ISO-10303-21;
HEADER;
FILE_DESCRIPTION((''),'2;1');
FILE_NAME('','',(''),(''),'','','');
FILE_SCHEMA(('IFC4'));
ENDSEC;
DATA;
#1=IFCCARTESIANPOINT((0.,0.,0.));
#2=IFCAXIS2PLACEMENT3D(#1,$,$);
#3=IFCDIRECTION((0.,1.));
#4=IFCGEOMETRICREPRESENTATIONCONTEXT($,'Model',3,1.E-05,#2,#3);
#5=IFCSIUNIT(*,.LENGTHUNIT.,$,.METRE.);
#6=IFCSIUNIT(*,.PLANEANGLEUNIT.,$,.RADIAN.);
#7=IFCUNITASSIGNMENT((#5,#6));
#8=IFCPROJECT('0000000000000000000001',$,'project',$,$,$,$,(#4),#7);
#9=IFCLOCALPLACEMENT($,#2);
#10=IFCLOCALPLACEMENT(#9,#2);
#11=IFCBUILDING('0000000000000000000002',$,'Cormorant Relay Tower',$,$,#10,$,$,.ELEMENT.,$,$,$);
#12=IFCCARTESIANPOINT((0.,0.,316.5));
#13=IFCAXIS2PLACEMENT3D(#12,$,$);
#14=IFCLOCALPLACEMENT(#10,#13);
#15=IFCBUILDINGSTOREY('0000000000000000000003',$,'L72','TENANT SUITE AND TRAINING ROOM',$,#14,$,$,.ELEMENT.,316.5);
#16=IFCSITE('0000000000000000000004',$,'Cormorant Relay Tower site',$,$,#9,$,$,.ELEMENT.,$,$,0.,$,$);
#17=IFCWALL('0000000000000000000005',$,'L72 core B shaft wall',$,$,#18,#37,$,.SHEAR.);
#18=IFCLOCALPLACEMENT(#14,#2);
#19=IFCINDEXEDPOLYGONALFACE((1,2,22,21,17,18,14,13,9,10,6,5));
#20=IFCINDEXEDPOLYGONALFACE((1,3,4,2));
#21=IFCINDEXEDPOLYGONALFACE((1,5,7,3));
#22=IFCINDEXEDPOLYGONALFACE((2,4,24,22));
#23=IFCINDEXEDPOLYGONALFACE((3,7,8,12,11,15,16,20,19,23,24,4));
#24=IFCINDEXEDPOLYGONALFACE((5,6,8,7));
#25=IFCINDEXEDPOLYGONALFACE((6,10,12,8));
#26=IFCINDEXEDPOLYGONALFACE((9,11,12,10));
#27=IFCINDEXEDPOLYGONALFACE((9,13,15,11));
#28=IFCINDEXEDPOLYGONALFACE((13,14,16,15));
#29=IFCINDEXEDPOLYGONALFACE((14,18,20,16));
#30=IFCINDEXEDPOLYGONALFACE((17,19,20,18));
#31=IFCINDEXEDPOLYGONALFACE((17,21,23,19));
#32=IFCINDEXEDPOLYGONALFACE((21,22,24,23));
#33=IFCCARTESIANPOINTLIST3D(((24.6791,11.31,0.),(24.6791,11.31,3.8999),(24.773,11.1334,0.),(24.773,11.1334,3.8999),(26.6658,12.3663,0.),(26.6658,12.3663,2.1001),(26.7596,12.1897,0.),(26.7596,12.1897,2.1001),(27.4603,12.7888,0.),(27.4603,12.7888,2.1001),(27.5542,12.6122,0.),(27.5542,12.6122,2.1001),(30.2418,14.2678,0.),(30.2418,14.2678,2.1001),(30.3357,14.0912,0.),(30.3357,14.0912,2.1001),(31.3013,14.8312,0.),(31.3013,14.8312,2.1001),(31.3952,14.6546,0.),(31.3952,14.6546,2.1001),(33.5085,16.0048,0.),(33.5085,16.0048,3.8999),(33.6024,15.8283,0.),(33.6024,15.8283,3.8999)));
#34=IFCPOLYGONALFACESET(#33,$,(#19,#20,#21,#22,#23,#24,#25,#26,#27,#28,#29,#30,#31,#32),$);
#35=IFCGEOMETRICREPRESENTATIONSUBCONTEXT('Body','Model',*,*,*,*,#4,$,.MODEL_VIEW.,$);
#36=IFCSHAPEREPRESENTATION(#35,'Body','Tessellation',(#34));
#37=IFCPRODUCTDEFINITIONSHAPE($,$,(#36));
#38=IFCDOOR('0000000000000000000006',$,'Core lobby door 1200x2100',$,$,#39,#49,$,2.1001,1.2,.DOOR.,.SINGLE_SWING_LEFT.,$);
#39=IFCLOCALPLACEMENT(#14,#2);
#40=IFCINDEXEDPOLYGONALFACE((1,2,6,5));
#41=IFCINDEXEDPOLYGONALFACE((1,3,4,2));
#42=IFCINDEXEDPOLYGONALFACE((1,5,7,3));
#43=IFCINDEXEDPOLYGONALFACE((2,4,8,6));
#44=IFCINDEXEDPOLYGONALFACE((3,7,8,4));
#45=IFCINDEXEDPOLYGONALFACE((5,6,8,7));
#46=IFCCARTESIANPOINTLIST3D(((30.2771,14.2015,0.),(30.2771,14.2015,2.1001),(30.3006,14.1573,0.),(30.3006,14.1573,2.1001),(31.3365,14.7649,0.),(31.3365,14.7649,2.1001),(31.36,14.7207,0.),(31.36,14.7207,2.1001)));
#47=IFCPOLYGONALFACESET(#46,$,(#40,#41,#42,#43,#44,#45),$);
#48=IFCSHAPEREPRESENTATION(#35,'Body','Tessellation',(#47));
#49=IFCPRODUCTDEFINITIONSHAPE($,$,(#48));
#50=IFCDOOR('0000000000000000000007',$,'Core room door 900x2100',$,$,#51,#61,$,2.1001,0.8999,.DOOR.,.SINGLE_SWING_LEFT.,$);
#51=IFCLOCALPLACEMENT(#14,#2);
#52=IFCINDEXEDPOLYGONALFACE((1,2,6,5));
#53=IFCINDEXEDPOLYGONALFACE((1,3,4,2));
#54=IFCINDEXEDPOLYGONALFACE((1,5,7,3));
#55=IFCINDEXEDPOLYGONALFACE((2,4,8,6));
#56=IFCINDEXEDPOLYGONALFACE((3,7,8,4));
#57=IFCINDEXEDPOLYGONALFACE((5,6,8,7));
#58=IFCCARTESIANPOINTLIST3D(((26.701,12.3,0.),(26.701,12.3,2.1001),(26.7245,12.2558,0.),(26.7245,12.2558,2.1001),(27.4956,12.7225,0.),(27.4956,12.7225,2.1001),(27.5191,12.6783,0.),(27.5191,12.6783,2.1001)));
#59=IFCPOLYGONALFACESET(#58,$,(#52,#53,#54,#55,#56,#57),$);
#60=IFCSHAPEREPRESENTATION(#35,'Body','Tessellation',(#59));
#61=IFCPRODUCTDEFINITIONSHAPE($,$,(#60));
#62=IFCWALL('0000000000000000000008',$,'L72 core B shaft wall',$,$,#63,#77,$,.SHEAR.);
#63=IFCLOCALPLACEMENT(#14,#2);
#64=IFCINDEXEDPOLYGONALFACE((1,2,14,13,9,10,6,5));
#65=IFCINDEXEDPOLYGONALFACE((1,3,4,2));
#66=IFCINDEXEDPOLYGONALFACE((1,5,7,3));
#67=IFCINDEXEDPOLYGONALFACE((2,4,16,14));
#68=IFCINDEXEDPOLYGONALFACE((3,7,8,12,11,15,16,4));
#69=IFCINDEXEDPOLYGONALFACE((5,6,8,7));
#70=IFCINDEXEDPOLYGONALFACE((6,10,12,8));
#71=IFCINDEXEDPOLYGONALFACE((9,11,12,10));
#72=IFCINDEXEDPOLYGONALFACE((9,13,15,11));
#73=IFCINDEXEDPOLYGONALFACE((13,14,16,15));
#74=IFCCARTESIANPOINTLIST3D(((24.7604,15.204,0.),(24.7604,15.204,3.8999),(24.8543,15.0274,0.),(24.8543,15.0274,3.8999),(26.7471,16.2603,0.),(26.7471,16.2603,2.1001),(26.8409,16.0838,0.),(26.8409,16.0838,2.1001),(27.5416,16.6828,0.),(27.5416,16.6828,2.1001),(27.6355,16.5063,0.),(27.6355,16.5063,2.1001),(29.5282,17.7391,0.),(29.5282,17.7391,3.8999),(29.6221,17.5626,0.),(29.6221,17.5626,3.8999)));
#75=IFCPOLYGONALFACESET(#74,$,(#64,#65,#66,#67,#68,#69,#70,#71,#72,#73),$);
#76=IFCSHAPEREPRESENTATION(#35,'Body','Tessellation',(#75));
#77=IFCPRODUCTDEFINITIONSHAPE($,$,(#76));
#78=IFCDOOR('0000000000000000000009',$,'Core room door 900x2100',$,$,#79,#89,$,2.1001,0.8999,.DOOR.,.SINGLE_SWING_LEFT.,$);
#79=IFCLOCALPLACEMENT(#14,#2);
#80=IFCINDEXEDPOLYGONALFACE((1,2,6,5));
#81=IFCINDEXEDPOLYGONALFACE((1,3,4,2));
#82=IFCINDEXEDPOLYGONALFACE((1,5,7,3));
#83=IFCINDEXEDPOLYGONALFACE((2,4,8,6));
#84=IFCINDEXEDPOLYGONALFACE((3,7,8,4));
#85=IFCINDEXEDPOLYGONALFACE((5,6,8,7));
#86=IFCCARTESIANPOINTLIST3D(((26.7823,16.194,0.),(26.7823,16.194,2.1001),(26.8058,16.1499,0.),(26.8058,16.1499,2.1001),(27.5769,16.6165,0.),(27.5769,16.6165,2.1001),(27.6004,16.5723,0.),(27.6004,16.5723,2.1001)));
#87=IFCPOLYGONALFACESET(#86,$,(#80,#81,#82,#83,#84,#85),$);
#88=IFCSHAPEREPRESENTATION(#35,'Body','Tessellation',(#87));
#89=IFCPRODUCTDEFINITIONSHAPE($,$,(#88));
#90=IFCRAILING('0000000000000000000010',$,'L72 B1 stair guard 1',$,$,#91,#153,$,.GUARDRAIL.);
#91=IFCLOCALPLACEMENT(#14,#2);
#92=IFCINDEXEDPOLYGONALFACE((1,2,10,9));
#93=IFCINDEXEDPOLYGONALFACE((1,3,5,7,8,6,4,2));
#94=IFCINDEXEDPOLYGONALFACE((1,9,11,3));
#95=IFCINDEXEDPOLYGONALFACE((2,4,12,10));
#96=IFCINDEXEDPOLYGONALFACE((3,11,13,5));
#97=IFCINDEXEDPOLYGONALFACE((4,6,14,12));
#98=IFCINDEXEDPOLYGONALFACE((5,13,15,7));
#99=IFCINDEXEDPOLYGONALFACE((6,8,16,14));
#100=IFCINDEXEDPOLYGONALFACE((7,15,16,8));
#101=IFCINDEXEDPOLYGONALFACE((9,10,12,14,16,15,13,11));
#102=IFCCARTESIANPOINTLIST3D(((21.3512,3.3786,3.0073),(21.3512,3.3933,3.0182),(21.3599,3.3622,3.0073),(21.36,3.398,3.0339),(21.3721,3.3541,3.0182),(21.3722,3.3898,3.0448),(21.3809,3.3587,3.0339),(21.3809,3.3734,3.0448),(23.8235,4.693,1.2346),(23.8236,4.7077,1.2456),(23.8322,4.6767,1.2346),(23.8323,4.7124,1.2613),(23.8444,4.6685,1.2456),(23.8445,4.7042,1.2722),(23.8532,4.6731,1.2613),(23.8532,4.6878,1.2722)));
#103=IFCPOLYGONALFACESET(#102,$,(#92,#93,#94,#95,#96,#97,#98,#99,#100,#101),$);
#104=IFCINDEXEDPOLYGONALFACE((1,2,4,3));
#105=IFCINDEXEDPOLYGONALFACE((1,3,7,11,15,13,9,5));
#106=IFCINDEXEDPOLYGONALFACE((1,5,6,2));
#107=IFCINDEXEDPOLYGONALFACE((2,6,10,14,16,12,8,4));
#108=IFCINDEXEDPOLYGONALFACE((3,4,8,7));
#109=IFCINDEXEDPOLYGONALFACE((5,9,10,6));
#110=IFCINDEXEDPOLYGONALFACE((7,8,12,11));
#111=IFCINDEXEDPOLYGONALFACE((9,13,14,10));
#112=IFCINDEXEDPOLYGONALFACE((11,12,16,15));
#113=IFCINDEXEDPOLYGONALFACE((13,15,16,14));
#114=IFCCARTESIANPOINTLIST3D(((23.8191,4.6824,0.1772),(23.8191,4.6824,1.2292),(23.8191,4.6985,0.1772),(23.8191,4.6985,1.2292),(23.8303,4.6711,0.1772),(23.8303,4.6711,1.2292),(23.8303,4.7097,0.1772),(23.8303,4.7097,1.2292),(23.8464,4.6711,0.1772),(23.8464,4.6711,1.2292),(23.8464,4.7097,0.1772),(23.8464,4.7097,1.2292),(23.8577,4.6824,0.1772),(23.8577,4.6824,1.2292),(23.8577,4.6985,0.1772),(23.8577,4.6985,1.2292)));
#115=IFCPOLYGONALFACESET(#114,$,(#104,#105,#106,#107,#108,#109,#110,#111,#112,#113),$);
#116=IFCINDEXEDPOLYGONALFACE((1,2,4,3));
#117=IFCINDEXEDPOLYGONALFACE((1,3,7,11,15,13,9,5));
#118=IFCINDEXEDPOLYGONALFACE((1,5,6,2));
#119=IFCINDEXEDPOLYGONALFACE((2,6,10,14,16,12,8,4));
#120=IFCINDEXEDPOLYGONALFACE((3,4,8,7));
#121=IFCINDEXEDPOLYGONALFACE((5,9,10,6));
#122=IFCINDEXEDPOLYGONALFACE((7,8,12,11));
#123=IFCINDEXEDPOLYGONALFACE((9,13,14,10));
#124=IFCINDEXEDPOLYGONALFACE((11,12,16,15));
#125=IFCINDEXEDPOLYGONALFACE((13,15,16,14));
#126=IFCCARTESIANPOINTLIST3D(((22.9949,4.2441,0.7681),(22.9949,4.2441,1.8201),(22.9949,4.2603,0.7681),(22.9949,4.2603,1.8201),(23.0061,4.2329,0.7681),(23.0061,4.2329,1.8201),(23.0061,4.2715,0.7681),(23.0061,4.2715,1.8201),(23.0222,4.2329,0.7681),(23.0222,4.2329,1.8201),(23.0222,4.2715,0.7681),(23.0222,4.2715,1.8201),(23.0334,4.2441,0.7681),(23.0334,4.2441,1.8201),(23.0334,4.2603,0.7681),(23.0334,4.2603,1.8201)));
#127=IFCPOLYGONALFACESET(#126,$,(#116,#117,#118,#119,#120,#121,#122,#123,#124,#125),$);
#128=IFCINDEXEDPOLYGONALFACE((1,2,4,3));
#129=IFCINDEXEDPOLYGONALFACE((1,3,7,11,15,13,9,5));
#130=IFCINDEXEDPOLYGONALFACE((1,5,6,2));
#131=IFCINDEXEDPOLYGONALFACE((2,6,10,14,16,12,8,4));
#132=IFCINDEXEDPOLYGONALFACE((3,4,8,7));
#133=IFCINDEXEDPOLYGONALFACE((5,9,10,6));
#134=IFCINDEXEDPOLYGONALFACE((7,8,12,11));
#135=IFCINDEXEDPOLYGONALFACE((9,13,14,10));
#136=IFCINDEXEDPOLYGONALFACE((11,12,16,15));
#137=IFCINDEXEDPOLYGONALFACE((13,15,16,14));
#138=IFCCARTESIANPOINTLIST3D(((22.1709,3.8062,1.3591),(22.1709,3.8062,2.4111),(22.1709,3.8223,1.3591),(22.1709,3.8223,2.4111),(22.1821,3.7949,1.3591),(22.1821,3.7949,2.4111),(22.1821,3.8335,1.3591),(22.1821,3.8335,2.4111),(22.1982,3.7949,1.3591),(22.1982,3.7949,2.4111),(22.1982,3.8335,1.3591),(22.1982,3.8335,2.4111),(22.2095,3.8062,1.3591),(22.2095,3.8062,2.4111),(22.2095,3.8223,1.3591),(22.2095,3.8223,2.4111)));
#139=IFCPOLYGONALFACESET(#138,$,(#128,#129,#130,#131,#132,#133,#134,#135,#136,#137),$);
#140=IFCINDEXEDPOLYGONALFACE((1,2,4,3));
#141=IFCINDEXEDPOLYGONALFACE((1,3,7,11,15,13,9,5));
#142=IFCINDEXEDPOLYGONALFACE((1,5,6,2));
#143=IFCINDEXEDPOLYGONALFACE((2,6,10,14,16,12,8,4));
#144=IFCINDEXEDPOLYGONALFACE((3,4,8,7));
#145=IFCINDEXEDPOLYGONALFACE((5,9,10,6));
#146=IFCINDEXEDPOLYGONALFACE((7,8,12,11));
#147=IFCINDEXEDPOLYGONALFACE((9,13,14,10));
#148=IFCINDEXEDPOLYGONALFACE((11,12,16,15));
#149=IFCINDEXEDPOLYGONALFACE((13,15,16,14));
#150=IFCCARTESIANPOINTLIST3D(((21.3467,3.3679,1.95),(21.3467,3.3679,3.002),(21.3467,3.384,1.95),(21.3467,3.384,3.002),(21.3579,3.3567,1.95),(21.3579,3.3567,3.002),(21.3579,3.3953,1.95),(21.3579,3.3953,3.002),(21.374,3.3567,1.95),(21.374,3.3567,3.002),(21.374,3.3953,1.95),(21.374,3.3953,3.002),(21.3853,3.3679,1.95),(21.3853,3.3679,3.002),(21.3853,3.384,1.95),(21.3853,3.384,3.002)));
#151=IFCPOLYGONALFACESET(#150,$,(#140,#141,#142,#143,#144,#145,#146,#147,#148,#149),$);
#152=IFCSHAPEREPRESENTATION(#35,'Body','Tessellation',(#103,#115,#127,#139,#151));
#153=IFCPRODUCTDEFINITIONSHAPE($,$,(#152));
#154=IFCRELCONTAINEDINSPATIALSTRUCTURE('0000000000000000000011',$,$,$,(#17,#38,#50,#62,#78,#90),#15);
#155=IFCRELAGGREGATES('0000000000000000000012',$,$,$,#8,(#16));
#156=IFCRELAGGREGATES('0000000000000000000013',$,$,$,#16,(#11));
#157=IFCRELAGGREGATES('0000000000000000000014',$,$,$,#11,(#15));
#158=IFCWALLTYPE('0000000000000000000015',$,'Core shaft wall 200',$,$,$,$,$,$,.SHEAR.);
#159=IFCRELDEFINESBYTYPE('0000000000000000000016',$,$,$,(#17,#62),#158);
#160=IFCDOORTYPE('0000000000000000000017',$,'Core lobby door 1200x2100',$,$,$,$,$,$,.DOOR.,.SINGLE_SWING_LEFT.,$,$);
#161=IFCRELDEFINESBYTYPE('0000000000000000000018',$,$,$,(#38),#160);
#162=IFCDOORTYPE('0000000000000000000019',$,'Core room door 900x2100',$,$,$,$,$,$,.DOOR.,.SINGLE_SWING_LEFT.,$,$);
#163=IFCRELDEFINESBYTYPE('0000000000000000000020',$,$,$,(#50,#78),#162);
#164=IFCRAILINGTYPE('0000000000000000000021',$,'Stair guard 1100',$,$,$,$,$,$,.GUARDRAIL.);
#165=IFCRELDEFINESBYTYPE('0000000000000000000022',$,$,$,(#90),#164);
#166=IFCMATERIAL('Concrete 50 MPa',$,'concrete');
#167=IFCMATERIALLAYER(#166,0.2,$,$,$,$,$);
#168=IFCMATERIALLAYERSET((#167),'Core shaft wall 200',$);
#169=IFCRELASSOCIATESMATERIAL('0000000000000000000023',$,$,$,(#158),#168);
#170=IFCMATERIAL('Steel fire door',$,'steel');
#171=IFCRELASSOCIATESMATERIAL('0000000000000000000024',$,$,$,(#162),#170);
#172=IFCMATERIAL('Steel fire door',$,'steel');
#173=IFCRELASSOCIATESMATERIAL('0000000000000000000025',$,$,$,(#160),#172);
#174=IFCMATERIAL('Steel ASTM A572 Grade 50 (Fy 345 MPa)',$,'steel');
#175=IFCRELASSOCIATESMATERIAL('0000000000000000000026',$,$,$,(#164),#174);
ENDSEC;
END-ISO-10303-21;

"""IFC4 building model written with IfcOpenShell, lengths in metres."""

from ifc_helpers import new_model, si_unit, direction, frame, frame_2d, origin, place, context, subcontext, project, spatial, polyline, rectangle, outline, extrude, material, layer, layer_set, type_object, element, fill, save


model = new_model("IFC4")

# Units and contexts
model_context = context("Model", 3, precision=1e-05, world=origin(), true_north=direction((0.0, 1.0)))
body_context = subcontext(model_context, "Body", "Model", "MODEL_VIEW")
ifc_project = project(units=[si_unit("LENGTHUNIT", "METRE"), si_unit("PLANEANGLEUNIT", "RADIAN")], contexts=[model_context])

# Site, building, storey
site_placement = place(None, origin())
site = spatial("IfcSite", under=ifc_project, at=site_placement, Name="Cormorant Relay Tower site", CompositionType="ELEMENT", RefElevation=0.0)
building_placement = place(site_placement, origin())
building = spatial("IfcBuilding", under=site, at=building_placement, Name="Cormorant Relay Tower", CompositionType="ELEMENT")
storey_placement = place(building_placement, frame((0.0, 0.0, 316.5)))
storey = spatial("IfcBuildingStorey", under=building, at=storey_placement, Name="L72", Description="TENANT SUITE AND TRAINING ROOM", CompositionType="ELEMENT", Elevation=316.5)

# Shared definitions
ifc_material_1 = material(Name="Concrete 50 MPa", Category="concrete")
ifc_layer_1 = layer(ifc_material_1, 0.2)
ifc_layer_set_1 = layer_set([ifc_layer_1], Name="Core shaft wall 200")
wall_type_1 = type_object("IfcWallType", Name="Core shaft wall 200", PredefinedType="SHEAR", material=ifc_layer_set_1)
ifc_material_2 = material(Name="Steel fire door", Category="steel")
door_type_1 = type_object("IfcDoorType", Name="Core room door 900x2100", OperationType="SINGLE_SWING_LEFT", PredefinedType="DOOR", material=ifc_material_2)

# Wall, openings, doors
wall_1_placement = place(storey_placement, frame((24.7261, 11.2217, 0.0), z_axis=(0.0, 0.0, 1.0), x_axis=(0.88294, 0.469485, 0.0)))
wall_1 = element("IfcWall", 1, at=wall_1_placement, inside=storey, type_object=wall_type_1, Name="L72 core B shaft wall", PredefinedType="SHEAR", context=body_context, shape_type="SweptSolid", body=[
    extrude(rectangle(XDim=10.0, YDim=0.2, at=frame_2d((5.0, 0.0))), origin(), (0.0, 0.0, 1.0), 3.8999),
])
opening_1_placement = place(wall_1_placement, frame((6.3, 0.0, 0.0)))
opening_1 = element("IfcOpeningElement", 2, at=opening_1_placement, cuts=wall_1, PredefinedType="OPENING", context=body_context, shape_type="SweptSolid", body=[
    extrude(rectangle(XDim=1.2, YDim=2.1001, at=frame_2d((0.6001, 1.05))), frame((0.0, 0.1099, 0.0), z_axis=(0.0, -1.0, 0.0), x_axis=(1.0, 0.0, 0.0)), (0.0, 0.0, 1.0), 0.22),
])
opening_2_placement = place(wall_1_placement, frame((2.25, 0.0, 0.0)))
opening_2 = element("IfcOpeningElement", 3, at=opening_2_placement, cuts=wall_1, PredefinedType="OPENING", context=body_context, shape_type="SweptSolid", body=[
    extrude(rectangle(XDim=0.8999, YDim=2.1001, at=frame_2d((0.45, 1.05))), frame((0.0, 0.1099, 0.0), z_axis=(0.0, -1.0, 0.0), x_axis=(1.0, 0.0, 0.0)), (0.0, 0.0, 1.0), 0.22),
])
ifc_material_3 = material(Name="Steel fire door", Category="steel")
door_type_2 = type_object("IfcDoorType", Name="Core lobby door 1200x2100", OperationType="SINGLE_SWING_LEFT", PredefinedType="DOOR", material=ifc_material_3)
door_1_placement = place(opening_1_placement, origin())
door_1 = element("IfcDoor", 4, at=door_1_placement, inside=storey, type_object=door_type_2, Name="Core lobby door 1200x2100", OperationType="SINGLE_SWING_LEFT", OverallHeight=2.1001, OverallWidth=1.2, PredefinedType="DOOR", context=body_context, shape_type="SweptSolid", body=[
    extrude(rectangle(XDim=1.2, YDim=2.1001, at=frame_2d((0.6001, 1.05))), frame((0.0, 0.0249, 0.0), z_axis=(0.0, -1.0, 0.0), x_axis=(1.0, 0.0, 0.0)), (0.0, 0.0, 1.0), 0.05),
])
fill(opening_1, door_1)
door_2_placement = place(opening_2_placement, origin())
door_2 = element("IfcDoor", 5, at=door_2_placement, inside=storey, type_object=door_type_1, Name="Core room door 900x2100", OperationType="SINGLE_SWING_LEFT", OverallHeight=2.1001, OverallWidth=0.8999, PredefinedType="DOOR", context=body_context, shape_type="SweptSolid", body=[
    extrude(rectangle(XDim=0.8999, YDim=2.1001, at=frame_2d((0.45, 1.05))), frame((0.0, 0.0249, 0.0), z_axis=(0.0, -1.0, 0.0), x_axis=(1.0, 0.0, 0.0)), (0.0, 0.0, 1.0), 0.05),
])
fill(opening_2, door_2)

# Wall, opening, door
wall_2_placement = place(storey_placement, frame((24.8074, 15.1157, 0.0), z_axis=(0.0, 0.0, 1.0), x_axis=(0.882943, 0.46948, 0.0)))
wall_2 = element("IfcWall", 6, at=wall_2_placement, inside=storey, type_object=wall_type_1, Name="L72 core B shaft wall", PredefinedType="SHEAR", context=body_context, shape_type="SweptSolid", body=[
    extrude(rectangle(XDim=5.3999, YDim=0.2, at=frame_2d((2.7, 0.0))), origin(), (0.0, 0.0, 1.0), 3.8999),
])
opening_3_placement = place(wall_2_placement, frame((2.25, 0.0, 0.0)))
opening_3 = element("IfcOpeningElement", 7, at=opening_3_placement, cuts=wall_2, PredefinedType="OPENING", context=body_context, shape_type="SweptSolid", body=[
    extrude(rectangle(XDim=0.8999, YDim=2.1001, at=frame_2d((0.45, 1.05))), frame((0.0, 0.1099, 0.0), z_axis=(0.0, -1.0, 0.0), x_axis=(1.0, 0.0, 0.0)), (0.0, 0.0, 1.0), 0.22),
])
door_3_placement = place(opening_3_placement, origin())
door_3 = element("IfcDoor", 8, at=door_3_placement, inside=storey, type_object=door_type_1, Name="Core room door 900x2100", OperationType="SINGLE_SWING_LEFT", OverallHeight=2.1001, OverallWidth=0.8999, PredefinedType="DOOR", context=body_context, shape_type="SweptSolid", body=[
    extrude(rectangle(XDim=0.8999, YDim=2.1001, at=frame_2d((0.45, 1.05))), frame((0.0, 0.0249, 0.0), z_axis=(0.0, -1.0, 0.0), x_axis=(1.0, 0.0, 0.0)), (0.0, 0.0, 1.0), 0.05),
])
fill(opening_3, door_3)

# Railing
ifc_material_4 = material(Name="Steel ASTM A572 Grade 50 (Fy 345 MPa)", Category="steel")
railing_type = type_object("IfcRailingType", Name="Stair guard 1100", PredefinedType="GUARDRAIL", material=ifc_material_4)
railing_1_placement = place(storey_placement, frame((23.8384, 4.6904, 0.1772)))
element("IfcRailing", 9, at=railing_1_placement, inside=storey, type_object=railing_type, Name="L72 B1 stair guard 1", PredefinedType="GUARDRAIL", context=body_context, shape_type="SweptSolid", body=[
    extrude(outline(polyline([(0.0222, 0.0093), (0.0093, 0.0222), (-0.0093, 0.0222), (-0.0222, 0.0093), (-0.0222, -0.0093), (-0.0093, -0.0222), (0.0093, -0.0222), (0.0222, -0.0093), (0.0222, 0.0093)])), frame((0.0, 0.0, 1.0762), z_axis=(-0.746034, -0.396627, 0.534902), x_axis=(0.469429, -0.88297, 0.0)), (0.0, 0.0, 1.0), 3.314),
    extrude(outline(polyline([(0.0193, 0.0081), (0.0081, 0.0193), (-0.0081, 0.0193), (-0.0193, 0.0081), (-0.0193, -0.0081), (-0.0081, -0.0193), (0.0081, -0.0193), (0.0193, -0.0081), (0.0193, 0.0081)])), origin(), (0.0, 0.0, 1.0), 1.052),
    extrude(outline(polyline([(0.0193, 0.0081), (0.0081, 0.0193), (-0.0081, 0.0193), (-0.0193, 0.0081), (-0.0193, -0.0081), (-0.0081, -0.0193), (0.0081, -0.0193), (0.0193, -0.0081), (0.0193, 0.0081)])), frame((-0.8242, -0.4382, 0.5908)), (0.0, 0.0, 1.0), 1.052),
    extrude(outline(polyline([(0.0193, 0.0081), (0.0081, 0.0193), (-0.0081, 0.0193), (-0.0193, 0.0081), (-0.0193, -0.0081), (-0.0081, -0.0193), (0.0081, -0.0193), (0.0193, -0.0081), (0.0193, 0.0081)])), frame((-1.6482, -0.8762, 1.1819)), (0.0, 0.0, 1.0), 1.052),
    extrude(outline(polyline([(0.0193, 0.0081), (0.0081, 0.0193), (-0.0081, 0.0193), (-0.0193, 0.0081), (-0.0193, -0.0081), (-0.0081, -0.0193), (0.0081, -0.0193), (0.0193, -0.0081), (0.0193, 0.0081)])), frame((-2.4724, -1.3145, 1.7727)), (0.0, 0.0, 1.0), 1.052),
])

save(model, "model.ifc")
